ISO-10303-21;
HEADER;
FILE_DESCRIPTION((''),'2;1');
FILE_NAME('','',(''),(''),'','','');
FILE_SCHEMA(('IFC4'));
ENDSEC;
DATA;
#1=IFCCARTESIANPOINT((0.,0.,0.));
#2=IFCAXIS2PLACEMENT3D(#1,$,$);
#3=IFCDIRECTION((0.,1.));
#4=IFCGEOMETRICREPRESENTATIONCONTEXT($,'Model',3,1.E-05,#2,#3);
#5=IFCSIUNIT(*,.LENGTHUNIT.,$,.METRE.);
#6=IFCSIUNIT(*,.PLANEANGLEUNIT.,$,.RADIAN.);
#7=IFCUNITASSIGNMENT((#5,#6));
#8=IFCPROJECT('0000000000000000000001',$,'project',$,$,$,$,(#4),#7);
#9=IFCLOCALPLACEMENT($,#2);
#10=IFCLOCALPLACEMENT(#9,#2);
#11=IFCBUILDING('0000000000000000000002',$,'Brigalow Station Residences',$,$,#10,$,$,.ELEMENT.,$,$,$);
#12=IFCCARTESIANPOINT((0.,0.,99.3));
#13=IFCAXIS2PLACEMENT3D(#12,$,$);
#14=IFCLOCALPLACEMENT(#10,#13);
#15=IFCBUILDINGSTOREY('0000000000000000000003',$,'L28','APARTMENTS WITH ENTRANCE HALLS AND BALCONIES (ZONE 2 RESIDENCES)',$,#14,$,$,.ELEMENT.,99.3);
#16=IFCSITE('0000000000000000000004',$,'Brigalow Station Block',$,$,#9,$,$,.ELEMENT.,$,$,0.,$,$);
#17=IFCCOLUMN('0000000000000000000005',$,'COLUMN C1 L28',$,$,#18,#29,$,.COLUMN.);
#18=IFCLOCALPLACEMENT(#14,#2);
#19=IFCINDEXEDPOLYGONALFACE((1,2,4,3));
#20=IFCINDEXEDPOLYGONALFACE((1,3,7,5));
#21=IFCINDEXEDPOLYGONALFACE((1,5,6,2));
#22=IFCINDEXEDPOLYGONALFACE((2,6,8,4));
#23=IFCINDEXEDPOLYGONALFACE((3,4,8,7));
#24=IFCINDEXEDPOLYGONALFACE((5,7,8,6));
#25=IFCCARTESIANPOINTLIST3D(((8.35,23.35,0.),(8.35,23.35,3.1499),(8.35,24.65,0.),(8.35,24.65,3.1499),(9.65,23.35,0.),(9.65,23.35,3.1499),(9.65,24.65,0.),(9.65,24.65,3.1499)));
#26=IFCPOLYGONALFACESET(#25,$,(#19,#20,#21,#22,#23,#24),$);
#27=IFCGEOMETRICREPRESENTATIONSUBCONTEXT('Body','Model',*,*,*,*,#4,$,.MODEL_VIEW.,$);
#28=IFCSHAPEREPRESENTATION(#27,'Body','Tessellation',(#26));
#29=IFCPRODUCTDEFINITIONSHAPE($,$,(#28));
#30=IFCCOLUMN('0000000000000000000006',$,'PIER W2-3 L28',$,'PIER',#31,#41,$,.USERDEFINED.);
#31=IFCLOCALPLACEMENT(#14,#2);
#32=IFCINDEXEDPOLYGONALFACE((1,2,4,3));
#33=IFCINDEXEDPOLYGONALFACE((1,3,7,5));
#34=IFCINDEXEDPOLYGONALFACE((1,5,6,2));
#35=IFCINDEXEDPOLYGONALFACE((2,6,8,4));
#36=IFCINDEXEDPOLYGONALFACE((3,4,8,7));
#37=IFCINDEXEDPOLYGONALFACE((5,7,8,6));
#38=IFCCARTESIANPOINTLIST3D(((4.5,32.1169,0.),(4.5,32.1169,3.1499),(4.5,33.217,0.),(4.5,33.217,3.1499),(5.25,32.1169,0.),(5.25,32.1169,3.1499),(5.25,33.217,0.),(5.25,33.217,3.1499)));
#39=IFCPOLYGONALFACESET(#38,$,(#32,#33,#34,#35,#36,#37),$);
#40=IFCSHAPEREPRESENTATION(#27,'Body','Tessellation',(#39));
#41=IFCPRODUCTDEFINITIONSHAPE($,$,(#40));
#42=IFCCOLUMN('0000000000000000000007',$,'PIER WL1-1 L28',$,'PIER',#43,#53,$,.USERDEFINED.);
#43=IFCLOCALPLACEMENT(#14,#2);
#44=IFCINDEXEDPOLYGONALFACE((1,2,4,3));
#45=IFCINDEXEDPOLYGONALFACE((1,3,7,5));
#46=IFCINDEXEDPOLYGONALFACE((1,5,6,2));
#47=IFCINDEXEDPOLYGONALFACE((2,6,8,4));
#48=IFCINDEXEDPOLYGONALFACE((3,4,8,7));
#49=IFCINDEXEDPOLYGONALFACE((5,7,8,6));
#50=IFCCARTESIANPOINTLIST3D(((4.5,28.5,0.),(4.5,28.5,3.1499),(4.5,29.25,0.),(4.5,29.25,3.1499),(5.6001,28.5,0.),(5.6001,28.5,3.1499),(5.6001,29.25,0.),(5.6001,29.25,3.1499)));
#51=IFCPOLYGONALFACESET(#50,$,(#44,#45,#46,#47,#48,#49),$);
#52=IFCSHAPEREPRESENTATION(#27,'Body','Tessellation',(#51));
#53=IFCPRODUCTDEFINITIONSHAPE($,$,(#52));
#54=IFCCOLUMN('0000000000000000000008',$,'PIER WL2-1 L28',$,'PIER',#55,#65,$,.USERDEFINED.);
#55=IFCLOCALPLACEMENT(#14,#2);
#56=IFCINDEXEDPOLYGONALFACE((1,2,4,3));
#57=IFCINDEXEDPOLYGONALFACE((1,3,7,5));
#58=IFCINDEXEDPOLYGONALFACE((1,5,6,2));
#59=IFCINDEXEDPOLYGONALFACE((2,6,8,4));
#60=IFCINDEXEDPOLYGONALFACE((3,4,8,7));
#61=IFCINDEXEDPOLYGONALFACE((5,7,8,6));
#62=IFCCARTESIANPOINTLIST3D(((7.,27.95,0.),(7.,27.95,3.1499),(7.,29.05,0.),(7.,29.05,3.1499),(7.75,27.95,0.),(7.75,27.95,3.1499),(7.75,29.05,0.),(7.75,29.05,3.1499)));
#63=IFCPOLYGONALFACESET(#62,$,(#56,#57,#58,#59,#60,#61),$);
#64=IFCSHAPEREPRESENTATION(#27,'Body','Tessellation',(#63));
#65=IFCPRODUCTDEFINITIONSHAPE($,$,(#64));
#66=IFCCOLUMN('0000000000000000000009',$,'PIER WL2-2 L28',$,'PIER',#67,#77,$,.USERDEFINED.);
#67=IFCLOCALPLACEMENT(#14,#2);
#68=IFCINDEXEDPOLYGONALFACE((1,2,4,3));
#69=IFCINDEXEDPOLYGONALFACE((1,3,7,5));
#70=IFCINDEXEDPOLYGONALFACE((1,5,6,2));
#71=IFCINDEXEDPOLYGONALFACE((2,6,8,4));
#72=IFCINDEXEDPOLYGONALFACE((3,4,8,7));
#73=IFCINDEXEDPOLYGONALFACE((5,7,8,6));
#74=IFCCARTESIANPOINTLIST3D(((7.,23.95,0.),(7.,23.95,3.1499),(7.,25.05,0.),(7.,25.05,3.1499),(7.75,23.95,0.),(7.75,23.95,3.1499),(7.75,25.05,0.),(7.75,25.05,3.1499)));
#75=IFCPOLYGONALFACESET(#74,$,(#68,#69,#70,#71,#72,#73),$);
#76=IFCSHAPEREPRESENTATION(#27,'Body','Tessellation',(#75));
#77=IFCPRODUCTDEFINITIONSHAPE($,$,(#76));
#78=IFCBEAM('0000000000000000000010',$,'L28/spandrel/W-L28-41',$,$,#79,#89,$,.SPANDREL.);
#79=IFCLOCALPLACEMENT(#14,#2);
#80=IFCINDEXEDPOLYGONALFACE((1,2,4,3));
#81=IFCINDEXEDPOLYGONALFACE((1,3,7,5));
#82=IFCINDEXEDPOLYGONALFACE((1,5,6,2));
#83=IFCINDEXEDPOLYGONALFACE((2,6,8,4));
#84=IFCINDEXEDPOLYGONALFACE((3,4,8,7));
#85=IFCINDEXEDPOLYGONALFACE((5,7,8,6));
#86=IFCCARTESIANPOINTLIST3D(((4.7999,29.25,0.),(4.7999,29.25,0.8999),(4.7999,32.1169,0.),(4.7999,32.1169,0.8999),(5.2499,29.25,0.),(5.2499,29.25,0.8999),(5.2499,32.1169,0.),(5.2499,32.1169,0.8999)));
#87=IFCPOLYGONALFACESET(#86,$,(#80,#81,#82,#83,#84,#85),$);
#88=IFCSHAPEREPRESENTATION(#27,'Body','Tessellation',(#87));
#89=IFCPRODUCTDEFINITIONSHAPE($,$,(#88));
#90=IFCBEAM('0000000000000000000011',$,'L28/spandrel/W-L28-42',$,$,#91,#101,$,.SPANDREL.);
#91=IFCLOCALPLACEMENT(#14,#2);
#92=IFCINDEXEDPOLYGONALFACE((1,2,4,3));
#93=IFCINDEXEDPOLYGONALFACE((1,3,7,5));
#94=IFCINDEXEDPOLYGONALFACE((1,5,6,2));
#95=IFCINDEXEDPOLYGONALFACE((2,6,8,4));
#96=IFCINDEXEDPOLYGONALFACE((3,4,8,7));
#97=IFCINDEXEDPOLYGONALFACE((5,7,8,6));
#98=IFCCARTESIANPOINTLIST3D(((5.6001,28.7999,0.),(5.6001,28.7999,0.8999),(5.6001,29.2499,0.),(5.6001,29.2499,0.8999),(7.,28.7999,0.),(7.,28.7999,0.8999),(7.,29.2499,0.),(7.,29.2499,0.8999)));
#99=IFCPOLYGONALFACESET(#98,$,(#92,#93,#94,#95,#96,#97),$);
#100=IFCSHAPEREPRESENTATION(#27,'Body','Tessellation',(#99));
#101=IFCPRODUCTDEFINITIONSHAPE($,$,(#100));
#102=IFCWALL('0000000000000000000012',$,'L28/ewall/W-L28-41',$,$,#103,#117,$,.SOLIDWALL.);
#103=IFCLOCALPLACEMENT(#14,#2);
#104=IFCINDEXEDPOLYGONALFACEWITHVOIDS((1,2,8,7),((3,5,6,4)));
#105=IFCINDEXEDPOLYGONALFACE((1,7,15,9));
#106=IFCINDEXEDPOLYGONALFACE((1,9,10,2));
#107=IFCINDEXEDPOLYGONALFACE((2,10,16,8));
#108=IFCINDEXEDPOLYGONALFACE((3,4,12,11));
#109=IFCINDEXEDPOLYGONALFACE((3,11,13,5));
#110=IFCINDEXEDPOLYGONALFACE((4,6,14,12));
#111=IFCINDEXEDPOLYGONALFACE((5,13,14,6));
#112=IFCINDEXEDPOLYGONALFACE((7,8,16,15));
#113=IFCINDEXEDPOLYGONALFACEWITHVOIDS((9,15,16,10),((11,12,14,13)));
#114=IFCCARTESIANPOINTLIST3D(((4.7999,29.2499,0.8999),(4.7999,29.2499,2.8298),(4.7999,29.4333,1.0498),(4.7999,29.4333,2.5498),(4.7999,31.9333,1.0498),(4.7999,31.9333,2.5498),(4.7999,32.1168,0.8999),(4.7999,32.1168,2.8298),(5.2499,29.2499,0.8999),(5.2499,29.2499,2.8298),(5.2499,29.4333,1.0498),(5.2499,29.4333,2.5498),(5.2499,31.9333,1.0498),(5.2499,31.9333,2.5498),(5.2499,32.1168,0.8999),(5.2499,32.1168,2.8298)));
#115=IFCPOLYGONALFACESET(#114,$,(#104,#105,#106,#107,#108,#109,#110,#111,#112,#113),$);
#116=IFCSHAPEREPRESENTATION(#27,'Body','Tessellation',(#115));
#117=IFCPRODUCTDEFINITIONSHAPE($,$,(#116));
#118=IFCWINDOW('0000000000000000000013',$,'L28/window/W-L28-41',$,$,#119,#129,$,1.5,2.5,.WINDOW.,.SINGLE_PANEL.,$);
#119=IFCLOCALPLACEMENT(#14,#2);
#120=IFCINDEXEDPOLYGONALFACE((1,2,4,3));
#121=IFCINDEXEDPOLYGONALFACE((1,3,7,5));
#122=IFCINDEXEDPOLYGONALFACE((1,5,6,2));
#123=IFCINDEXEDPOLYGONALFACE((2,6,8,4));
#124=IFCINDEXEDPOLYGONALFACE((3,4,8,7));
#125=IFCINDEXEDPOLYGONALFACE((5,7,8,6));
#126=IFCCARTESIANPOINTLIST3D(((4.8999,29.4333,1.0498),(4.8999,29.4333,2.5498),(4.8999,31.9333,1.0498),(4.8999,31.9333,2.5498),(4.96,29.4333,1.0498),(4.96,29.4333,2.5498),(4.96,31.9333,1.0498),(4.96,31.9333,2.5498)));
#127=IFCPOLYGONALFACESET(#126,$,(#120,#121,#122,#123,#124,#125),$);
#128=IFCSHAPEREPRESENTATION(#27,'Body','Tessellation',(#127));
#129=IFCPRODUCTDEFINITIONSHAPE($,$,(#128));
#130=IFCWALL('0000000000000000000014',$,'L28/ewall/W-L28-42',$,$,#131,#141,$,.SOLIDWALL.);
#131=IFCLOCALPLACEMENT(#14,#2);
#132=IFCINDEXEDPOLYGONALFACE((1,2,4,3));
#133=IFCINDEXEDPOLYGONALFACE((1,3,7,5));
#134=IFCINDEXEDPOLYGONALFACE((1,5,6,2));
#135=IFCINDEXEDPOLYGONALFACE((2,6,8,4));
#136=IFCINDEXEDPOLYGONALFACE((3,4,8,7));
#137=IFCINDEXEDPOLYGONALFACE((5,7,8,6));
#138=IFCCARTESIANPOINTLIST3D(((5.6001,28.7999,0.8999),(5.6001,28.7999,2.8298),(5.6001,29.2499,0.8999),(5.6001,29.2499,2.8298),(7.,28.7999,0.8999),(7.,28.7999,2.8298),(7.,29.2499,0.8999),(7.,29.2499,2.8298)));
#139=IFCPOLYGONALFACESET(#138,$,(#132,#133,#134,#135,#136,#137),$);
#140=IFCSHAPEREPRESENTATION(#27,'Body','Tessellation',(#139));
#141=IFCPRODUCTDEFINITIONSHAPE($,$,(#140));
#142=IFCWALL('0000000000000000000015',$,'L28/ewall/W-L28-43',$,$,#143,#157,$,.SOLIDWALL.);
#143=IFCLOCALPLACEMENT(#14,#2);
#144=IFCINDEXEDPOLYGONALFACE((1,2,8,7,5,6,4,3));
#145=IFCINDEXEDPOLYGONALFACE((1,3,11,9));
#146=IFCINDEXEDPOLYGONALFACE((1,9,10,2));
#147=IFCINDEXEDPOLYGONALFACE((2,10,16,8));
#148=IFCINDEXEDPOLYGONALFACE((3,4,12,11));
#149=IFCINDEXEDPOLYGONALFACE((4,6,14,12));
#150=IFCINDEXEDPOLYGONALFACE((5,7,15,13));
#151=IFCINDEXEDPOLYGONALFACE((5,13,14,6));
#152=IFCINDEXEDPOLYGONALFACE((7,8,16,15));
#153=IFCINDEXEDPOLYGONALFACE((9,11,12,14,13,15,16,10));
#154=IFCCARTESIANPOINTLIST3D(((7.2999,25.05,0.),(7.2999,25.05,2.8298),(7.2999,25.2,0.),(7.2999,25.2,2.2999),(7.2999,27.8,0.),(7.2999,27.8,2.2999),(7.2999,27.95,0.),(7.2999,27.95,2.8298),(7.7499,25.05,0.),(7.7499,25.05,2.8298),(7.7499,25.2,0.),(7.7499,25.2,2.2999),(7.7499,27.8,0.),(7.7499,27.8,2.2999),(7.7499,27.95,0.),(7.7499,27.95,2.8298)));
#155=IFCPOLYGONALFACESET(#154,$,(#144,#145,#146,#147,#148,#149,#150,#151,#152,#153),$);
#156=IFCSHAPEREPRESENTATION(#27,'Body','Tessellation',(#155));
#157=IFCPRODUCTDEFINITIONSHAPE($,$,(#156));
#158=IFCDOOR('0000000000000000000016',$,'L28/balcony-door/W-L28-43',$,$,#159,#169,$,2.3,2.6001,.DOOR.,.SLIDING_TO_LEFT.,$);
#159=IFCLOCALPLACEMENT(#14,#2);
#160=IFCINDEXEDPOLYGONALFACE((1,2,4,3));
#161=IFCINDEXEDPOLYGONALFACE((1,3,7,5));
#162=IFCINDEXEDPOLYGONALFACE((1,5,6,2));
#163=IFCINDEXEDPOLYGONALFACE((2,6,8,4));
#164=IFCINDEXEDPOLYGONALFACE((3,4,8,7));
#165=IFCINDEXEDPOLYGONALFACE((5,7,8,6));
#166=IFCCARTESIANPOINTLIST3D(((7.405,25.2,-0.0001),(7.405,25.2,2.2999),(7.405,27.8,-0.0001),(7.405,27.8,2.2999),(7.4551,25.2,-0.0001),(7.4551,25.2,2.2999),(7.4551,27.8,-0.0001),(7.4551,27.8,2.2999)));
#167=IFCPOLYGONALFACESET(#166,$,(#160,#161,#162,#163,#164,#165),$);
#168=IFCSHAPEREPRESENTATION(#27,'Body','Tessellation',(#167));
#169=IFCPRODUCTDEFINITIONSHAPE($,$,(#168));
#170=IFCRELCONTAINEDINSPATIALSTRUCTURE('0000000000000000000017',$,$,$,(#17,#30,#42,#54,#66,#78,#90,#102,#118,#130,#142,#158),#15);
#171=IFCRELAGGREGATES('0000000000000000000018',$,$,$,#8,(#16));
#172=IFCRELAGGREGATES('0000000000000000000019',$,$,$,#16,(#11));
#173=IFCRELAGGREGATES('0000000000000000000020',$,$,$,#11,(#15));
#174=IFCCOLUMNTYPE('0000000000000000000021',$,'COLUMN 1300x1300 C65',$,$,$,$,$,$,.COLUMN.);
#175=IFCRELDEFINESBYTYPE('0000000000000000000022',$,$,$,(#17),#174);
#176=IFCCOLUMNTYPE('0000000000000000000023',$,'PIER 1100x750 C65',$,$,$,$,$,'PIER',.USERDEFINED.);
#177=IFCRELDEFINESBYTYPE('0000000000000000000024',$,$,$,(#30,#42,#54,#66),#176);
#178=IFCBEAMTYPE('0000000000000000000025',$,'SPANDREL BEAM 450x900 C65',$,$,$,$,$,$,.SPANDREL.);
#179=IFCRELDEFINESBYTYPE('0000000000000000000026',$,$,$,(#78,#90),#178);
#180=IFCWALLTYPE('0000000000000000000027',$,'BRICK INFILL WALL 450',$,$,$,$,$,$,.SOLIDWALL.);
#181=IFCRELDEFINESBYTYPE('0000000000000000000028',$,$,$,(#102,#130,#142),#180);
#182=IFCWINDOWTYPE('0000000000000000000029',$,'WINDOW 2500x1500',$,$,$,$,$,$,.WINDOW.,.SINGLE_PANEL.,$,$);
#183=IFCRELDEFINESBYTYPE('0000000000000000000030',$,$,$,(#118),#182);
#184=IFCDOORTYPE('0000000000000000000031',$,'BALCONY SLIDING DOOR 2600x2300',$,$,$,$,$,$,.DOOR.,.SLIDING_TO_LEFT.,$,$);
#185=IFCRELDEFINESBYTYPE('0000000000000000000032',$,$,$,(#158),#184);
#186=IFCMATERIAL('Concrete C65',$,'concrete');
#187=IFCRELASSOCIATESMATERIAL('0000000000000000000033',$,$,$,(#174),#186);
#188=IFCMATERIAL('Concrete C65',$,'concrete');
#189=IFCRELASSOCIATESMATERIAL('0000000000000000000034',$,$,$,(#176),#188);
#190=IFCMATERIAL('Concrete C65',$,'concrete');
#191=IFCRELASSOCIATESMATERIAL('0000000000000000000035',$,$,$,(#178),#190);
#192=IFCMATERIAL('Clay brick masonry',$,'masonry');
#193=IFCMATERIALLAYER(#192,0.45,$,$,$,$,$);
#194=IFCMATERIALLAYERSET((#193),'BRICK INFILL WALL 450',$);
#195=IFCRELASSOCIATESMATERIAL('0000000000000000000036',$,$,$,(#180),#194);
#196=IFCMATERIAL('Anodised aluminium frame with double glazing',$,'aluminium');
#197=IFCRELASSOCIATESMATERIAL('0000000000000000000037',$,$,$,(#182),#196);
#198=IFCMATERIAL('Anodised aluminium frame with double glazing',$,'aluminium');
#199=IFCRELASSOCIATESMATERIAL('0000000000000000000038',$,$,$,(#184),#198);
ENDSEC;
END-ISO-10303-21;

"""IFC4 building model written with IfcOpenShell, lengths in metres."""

from ifc_helpers import new_model, si_unit, direction, frame, frame_2d, origin, origin_2d, place, context, subcontext, project, spatial, rectangle, extrude, material, layer, layer_set, material_profile, profile_set, type_object, element, fill, save


model = new_model("IFC4")

# Units and contexts
model_context = context("Model", 3, precision=1e-05, world=origin(), true_north=direction((0.0, 1.0)))
body_context = subcontext(model_context, "Body", "Model", "MODEL_VIEW")
ifc_project = project(units=[si_unit("LENGTHUNIT", "METRE"), si_unit("PLANEANGLEUNIT", "RADIAN")], contexts=[model_context])

# Site, building, storey
site_placement = place(None, origin())
site = spatial("IfcSite", under=ifc_project, at=site_placement, Name="Brigalow Station Block", CompositionType="ELEMENT", RefElevation=0.0)
building_placement = place(site_placement, origin())
building = spatial("IfcBuilding", under=site, at=building_placement, Name="Brigalow Station Residences", CompositionType="ELEMENT")
storey_placement = place(building_placement, frame((0.0, 0.0, 99.3)))
storey = spatial("IfcBuildingStorey", under=building, at=storey_placement, Name="L28", Description="APARTMENTS WITH ENTRANCE HALLS AND BALCONIES (ZONE 2 RESIDENCES)", CompositionType="ELEMENT", Elevation=99.3)

# Columns
ifc_material_1 = material(Name="Concrete C65", Category="concrete")
ifc_material_profile_1 = material_profile(ifc_material_1, rectangle(XDim=1.3, YDim=1.3, at=origin_2d()), Name="RC1300x1300")
ifc_profile_set_1 = profile_set([ifc_material_profile_1], Name="Concrete C65")
column_type_1 = type_object("IfcColumnType", Name="COLUMN 1300x1300 C65", PredefinedType="COLUMN", material=ifc_profile_set_1)
column_placement = place(storey_placement, frame((9.0, 24.0, 0.0), z_axis=(0.0, 0.0, 1.0), x_axis=(1.0, 0.0, 0.0)))
element("IfcColumn", 1, at=column_placement, inside=storey, type_object=column_type_1, Name="COLUMN C1 L28", PredefinedType="COLUMN", context=body_context, shape_type="SweptSolid", body=[
    extrude(rectangle(XDim=1.3, YDim=1.3, at=origin_2d()), origin(), (0.0, 0.0, 1.0), 3.1499),
])
ifc_material_2 = material(Name="Concrete C65", Category="concrete")
ifc_material_profile_2 = material_profile(ifc_material_2, rectangle(XDim=1.1001, YDim=0.75, at=origin_2d()), Name="RC1100x750")
ifc_profile_set_2 = profile_set([ifc_material_profile_2], Name="Concrete C65")
column_type_2 = type_object("IfcColumnType", Name="PIER 1100x750 C65", ElementType="PIER", PredefinedType="USERDEFINED", material=ifc_profile_set_2)
for number, where, z_axis, x_axis, name in (
    (2, (4.875, 32.667, 0.0), (0.0, 0.0, 1.0), (0.0, -1.0, 0.0), "PIER W2-3 L28"),
    (3, (5.05, 28.875, 0.0), (0.0, 0.0, 1.0), (1.0, 0.0, 0.0), "PIER WL1-1 L28"),
    (4, (7.375, 28.5, 0.0), (0.0, 0.0, 1.0), (0.0, -1.0, 0.0), "PIER WL2-1 L28"),
    (5, (7.375, 24.5, 0.0), (0.0, 0.0, 1.0), (0.0, -1.0, 0.0), "PIER WL2-2 L28"),
):
    element("IfcColumn", number, at=place(storey_placement, frame(where, z_axis=z_axis, x_axis=x_axis)), inside=storey, type_object=column_type_2, Name=name, ObjectType="PIER", PredefinedType="USERDEFINED", context=body_context, shape_type="SweptSolid", body=[
        extrude(rectangle(XDim=1.1001, YDim=0.75, at=origin_2d()), origin(), (0.0, 0.0, 1.0), 3.1499),
    ])

# Beams
ifc_material_3 = material(Name="Concrete C65", Category="concrete")
ifc_material_profile_3 = material_profile(ifc_material_3, rectangle(XDim=0.45, YDim=0.8999, at=origin_2d()), Name="RC450x900")
ifc_profile_set_3 = profile_set([ifc_material_profile_3], Name="Concrete C65")
beam_type = type_object("IfcBeamType", Name="SPANDREL BEAM 450x900 C65", PredefinedType="SPANDREL", material=ifc_profile_set_3)
beam_1_placement = place(storey_placement, frame((5.0249, 32.1169, 0.45), z_axis=(0.0, -1.0, 0.0), x_axis=(1.0, 0.0, 0.0)))
element("IfcBeam", 6, at=beam_1_placement, inside=storey, type_object=beam_type, Name="L28/spandrel/W-L28-41", PredefinedType="SPANDREL", context=body_context, shape_type="SweptSolid", body=[
    extrude(rectangle(XDim=0.45, YDim=0.8999, at=origin_2d()), origin(), (0.0, 0.0, 1.0), 2.8669),
])
beam_2_placement = place(storey_placement, frame((5.6001, 29.0249, 0.45), z_axis=(1.0, 0.0, 0.0), x_axis=(0.0, 1.0, 0.0)))
element("IfcBeam", 7, at=beam_2_placement, inside=storey, type_object=beam_type, Name="L28/spandrel/W-L28-42", PredefinedType="SPANDREL", context=body_context, shape_type="SweptSolid", body=[
    extrude(rectangle(XDim=0.45, YDim=0.8999, at=origin_2d()), origin(), (0.0, 0.0, 1.0), 1.3999),
])

# Wall, opening, window
ifc_material_4 = material(Name="Clay brick masonry", Category="masonry")
ifc_layer_1 = layer(ifc_material_4, 0.45)
ifc_layer_set_1 = layer_set([ifc_layer_1], Name="BRICK INFILL WALL 450")
wall_type_1 = type_object("IfcWallType", Name="BRICK INFILL WALL 450", PredefinedType="SOLIDWALL", material=ifc_layer_set_1)
wall_1_placement = place(storey_placement, frame((5.0249, 32.1169, 0.8999), z_axis=(0.0, 0.0, 1.0), x_axis=(0.0, -1.0, 0.0)))
wall_1 = element("IfcWall", 8, at=wall_1_placement, inside=storey, type_object=wall_type_1, Name="L28/ewall/W-L28-41", PredefinedType="SOLIDWALL", context=body_context, shape_type="SweptSolid", body=[
    extrude(rectangle(XDim=2.8669, YDim=0.45, at=frame_2d((1.4336, 0.0))), origin(), (0.0, 0.0, 1.0), 1.9299),
])
opening_1_placement = place(wall_1_placement, frame((0.1836, 0.0, 0.1499)))
opening_1 = element("IfcOpeningElement", 9, at=opening_1_placement, cuts=wall_1, PredefinedType="OPENING", context=body_context, shape_type="SweptSolid", body=[
    extrude(rectangle(XDim=2.5, YDim=1.5, at=frame_2d((1.25, 0.75))), frame((0.0, 0.2349, 0.0), z_axis=(0.0, -1.0, 0.0), x_axis=(1.0, 0.0, 0.0)), (0.0, 0.0, 1.0), 0.47),
])
ifc_material_5 = material(Name="Anodised aluminium frame with double glazing", Category="aluminium")
window_type = type_object("IfcWindowType", Name="WINDOW 2500x1500", PartitioningType="SINGLE_PANEL", PredefinedType="WINDOW", material=ifc_material_5)
window_placement = place(opening_1_placement, origin())
window = element("IfcWindow", 10, at=window_placement, inside=storey, type_object=window_type, Name="L28/window/W-L28-41", OverallHeight=1.5, OverallWidth=2.5, PartitioningType="SINGLE_PANEL", PredefinedType="WINDOW", context=body_context, shape_type="SweptSolid", body=[
    extrude(rectangle(XDim=2.5, YDim=1.5, at=frame_2d((1.25, 0.75))), frame((0.0, -0.0649, 0.0), z_axis=(0.0, -1.0, 0.0), x_axis=(1.0, 0.0, 0.0)), (0.0, 0.0, 1.0), 0.0601),
])
fill(opening_1, window)

# Wall
wall_2_placement = place(storey_placement, frame((5.6001, 29.0249, 0.8999), z_axis=(0.0, 0.0, 1.0), x_axis=(1.0, 0.0, 0.0)))
element("IfcWall", 11, at=wall_2_placement, inside=storey, type_object=wall_type_1, Name="L28/ewall/W-L28-42", PredefinedType="SOLIDWALL", context=body_context, shape_type="SweptSolid", body=[
    extrude(rectangle(XDim=1.3999, YDim=0.45, at=frame_2d((0.7, 0.0))), origin(), (0.0, 0.0, 1.0), 1.9299),
])

# Wall, opening, door
wall_3_placement = place(storey_placement, frame((7.5249, 27.95, 0.0), z_axis=(0.0, 0.0, 1.0), x_axis=(0.0, -1.0, 0.0)))
wall_3 = element("IfcWall", 12, at=wall_3_placement, inside=storey, type_object=wall_type_1, Name="L28/ewall/W-L28-43", PredefinedType="SOLIDWALL", context=body_context, shape_type="SweptSolid", body=[
    extrude(rectangle(XDim=2.8999, YDim=0.45, at=frame_2d((1.45, 0.0))), origin(), (0.0, 0.0, 1.0), 2.8298),
])
opening_2_placement = place(wall_3_placement, frame((0.1499, 0.0, 0.0)))
opening_2 = element("IfcOpeningElement", 13, at=opening_2_placement, cuts=wall_3, PredefinedType="OPENING", context=body_context, shape_type="SweptSolid", body=[
    extrude(rectangle(XDim=2.6001, YDim=2.3, at=frame_2d((1.3, 1.1499))), frame((0.0, 0.2349, 0.0), z_axis=(0.0, -1.0, 0.0), x_axis=(1.0, 0.0, 0.0)), (0.0, 0.0, 1.0), 0.47),
])
ifc_material_6 = material(Name="Anodised aluminium frame with double glazing", Category="aluminium")
door_type_1 = type_object("IfcDoorType", Name="BALCONY SLIDING DOOR 2600x2300", OperationType="SLIDING_TO_LEFT", PredefinedType="DOOR", material=ifc_material_6)
door_1_placement = place(opening_2_placement, origin())
door_1 = element("IfcDoor", 14, at=door_1_placement, inside=storey, type_object=door_type_1, Name="L28/balcony-door/W-L28-43", OperationType="SLIDING_TO_LEFT", OverallHeight=2.3, OverallWidth=2.6001, PredefinedType="DOOR", context=body_context, shape_type="SweptSolid", body=[
    extrude(rectangle(XDim=2.6001, YDim=2.3, at=frame_2d((1.3, 1.1499))), frame((0.0, -0.0698, 0.0), z_axis=(0.0, -1.0, 0.0), x_axis=(1.0, 0.0, 0.0)), (0.0, 0.0, 1.0), 0.05),
])
fill(opening_2, door_1)

save(model, "model.ifc")
